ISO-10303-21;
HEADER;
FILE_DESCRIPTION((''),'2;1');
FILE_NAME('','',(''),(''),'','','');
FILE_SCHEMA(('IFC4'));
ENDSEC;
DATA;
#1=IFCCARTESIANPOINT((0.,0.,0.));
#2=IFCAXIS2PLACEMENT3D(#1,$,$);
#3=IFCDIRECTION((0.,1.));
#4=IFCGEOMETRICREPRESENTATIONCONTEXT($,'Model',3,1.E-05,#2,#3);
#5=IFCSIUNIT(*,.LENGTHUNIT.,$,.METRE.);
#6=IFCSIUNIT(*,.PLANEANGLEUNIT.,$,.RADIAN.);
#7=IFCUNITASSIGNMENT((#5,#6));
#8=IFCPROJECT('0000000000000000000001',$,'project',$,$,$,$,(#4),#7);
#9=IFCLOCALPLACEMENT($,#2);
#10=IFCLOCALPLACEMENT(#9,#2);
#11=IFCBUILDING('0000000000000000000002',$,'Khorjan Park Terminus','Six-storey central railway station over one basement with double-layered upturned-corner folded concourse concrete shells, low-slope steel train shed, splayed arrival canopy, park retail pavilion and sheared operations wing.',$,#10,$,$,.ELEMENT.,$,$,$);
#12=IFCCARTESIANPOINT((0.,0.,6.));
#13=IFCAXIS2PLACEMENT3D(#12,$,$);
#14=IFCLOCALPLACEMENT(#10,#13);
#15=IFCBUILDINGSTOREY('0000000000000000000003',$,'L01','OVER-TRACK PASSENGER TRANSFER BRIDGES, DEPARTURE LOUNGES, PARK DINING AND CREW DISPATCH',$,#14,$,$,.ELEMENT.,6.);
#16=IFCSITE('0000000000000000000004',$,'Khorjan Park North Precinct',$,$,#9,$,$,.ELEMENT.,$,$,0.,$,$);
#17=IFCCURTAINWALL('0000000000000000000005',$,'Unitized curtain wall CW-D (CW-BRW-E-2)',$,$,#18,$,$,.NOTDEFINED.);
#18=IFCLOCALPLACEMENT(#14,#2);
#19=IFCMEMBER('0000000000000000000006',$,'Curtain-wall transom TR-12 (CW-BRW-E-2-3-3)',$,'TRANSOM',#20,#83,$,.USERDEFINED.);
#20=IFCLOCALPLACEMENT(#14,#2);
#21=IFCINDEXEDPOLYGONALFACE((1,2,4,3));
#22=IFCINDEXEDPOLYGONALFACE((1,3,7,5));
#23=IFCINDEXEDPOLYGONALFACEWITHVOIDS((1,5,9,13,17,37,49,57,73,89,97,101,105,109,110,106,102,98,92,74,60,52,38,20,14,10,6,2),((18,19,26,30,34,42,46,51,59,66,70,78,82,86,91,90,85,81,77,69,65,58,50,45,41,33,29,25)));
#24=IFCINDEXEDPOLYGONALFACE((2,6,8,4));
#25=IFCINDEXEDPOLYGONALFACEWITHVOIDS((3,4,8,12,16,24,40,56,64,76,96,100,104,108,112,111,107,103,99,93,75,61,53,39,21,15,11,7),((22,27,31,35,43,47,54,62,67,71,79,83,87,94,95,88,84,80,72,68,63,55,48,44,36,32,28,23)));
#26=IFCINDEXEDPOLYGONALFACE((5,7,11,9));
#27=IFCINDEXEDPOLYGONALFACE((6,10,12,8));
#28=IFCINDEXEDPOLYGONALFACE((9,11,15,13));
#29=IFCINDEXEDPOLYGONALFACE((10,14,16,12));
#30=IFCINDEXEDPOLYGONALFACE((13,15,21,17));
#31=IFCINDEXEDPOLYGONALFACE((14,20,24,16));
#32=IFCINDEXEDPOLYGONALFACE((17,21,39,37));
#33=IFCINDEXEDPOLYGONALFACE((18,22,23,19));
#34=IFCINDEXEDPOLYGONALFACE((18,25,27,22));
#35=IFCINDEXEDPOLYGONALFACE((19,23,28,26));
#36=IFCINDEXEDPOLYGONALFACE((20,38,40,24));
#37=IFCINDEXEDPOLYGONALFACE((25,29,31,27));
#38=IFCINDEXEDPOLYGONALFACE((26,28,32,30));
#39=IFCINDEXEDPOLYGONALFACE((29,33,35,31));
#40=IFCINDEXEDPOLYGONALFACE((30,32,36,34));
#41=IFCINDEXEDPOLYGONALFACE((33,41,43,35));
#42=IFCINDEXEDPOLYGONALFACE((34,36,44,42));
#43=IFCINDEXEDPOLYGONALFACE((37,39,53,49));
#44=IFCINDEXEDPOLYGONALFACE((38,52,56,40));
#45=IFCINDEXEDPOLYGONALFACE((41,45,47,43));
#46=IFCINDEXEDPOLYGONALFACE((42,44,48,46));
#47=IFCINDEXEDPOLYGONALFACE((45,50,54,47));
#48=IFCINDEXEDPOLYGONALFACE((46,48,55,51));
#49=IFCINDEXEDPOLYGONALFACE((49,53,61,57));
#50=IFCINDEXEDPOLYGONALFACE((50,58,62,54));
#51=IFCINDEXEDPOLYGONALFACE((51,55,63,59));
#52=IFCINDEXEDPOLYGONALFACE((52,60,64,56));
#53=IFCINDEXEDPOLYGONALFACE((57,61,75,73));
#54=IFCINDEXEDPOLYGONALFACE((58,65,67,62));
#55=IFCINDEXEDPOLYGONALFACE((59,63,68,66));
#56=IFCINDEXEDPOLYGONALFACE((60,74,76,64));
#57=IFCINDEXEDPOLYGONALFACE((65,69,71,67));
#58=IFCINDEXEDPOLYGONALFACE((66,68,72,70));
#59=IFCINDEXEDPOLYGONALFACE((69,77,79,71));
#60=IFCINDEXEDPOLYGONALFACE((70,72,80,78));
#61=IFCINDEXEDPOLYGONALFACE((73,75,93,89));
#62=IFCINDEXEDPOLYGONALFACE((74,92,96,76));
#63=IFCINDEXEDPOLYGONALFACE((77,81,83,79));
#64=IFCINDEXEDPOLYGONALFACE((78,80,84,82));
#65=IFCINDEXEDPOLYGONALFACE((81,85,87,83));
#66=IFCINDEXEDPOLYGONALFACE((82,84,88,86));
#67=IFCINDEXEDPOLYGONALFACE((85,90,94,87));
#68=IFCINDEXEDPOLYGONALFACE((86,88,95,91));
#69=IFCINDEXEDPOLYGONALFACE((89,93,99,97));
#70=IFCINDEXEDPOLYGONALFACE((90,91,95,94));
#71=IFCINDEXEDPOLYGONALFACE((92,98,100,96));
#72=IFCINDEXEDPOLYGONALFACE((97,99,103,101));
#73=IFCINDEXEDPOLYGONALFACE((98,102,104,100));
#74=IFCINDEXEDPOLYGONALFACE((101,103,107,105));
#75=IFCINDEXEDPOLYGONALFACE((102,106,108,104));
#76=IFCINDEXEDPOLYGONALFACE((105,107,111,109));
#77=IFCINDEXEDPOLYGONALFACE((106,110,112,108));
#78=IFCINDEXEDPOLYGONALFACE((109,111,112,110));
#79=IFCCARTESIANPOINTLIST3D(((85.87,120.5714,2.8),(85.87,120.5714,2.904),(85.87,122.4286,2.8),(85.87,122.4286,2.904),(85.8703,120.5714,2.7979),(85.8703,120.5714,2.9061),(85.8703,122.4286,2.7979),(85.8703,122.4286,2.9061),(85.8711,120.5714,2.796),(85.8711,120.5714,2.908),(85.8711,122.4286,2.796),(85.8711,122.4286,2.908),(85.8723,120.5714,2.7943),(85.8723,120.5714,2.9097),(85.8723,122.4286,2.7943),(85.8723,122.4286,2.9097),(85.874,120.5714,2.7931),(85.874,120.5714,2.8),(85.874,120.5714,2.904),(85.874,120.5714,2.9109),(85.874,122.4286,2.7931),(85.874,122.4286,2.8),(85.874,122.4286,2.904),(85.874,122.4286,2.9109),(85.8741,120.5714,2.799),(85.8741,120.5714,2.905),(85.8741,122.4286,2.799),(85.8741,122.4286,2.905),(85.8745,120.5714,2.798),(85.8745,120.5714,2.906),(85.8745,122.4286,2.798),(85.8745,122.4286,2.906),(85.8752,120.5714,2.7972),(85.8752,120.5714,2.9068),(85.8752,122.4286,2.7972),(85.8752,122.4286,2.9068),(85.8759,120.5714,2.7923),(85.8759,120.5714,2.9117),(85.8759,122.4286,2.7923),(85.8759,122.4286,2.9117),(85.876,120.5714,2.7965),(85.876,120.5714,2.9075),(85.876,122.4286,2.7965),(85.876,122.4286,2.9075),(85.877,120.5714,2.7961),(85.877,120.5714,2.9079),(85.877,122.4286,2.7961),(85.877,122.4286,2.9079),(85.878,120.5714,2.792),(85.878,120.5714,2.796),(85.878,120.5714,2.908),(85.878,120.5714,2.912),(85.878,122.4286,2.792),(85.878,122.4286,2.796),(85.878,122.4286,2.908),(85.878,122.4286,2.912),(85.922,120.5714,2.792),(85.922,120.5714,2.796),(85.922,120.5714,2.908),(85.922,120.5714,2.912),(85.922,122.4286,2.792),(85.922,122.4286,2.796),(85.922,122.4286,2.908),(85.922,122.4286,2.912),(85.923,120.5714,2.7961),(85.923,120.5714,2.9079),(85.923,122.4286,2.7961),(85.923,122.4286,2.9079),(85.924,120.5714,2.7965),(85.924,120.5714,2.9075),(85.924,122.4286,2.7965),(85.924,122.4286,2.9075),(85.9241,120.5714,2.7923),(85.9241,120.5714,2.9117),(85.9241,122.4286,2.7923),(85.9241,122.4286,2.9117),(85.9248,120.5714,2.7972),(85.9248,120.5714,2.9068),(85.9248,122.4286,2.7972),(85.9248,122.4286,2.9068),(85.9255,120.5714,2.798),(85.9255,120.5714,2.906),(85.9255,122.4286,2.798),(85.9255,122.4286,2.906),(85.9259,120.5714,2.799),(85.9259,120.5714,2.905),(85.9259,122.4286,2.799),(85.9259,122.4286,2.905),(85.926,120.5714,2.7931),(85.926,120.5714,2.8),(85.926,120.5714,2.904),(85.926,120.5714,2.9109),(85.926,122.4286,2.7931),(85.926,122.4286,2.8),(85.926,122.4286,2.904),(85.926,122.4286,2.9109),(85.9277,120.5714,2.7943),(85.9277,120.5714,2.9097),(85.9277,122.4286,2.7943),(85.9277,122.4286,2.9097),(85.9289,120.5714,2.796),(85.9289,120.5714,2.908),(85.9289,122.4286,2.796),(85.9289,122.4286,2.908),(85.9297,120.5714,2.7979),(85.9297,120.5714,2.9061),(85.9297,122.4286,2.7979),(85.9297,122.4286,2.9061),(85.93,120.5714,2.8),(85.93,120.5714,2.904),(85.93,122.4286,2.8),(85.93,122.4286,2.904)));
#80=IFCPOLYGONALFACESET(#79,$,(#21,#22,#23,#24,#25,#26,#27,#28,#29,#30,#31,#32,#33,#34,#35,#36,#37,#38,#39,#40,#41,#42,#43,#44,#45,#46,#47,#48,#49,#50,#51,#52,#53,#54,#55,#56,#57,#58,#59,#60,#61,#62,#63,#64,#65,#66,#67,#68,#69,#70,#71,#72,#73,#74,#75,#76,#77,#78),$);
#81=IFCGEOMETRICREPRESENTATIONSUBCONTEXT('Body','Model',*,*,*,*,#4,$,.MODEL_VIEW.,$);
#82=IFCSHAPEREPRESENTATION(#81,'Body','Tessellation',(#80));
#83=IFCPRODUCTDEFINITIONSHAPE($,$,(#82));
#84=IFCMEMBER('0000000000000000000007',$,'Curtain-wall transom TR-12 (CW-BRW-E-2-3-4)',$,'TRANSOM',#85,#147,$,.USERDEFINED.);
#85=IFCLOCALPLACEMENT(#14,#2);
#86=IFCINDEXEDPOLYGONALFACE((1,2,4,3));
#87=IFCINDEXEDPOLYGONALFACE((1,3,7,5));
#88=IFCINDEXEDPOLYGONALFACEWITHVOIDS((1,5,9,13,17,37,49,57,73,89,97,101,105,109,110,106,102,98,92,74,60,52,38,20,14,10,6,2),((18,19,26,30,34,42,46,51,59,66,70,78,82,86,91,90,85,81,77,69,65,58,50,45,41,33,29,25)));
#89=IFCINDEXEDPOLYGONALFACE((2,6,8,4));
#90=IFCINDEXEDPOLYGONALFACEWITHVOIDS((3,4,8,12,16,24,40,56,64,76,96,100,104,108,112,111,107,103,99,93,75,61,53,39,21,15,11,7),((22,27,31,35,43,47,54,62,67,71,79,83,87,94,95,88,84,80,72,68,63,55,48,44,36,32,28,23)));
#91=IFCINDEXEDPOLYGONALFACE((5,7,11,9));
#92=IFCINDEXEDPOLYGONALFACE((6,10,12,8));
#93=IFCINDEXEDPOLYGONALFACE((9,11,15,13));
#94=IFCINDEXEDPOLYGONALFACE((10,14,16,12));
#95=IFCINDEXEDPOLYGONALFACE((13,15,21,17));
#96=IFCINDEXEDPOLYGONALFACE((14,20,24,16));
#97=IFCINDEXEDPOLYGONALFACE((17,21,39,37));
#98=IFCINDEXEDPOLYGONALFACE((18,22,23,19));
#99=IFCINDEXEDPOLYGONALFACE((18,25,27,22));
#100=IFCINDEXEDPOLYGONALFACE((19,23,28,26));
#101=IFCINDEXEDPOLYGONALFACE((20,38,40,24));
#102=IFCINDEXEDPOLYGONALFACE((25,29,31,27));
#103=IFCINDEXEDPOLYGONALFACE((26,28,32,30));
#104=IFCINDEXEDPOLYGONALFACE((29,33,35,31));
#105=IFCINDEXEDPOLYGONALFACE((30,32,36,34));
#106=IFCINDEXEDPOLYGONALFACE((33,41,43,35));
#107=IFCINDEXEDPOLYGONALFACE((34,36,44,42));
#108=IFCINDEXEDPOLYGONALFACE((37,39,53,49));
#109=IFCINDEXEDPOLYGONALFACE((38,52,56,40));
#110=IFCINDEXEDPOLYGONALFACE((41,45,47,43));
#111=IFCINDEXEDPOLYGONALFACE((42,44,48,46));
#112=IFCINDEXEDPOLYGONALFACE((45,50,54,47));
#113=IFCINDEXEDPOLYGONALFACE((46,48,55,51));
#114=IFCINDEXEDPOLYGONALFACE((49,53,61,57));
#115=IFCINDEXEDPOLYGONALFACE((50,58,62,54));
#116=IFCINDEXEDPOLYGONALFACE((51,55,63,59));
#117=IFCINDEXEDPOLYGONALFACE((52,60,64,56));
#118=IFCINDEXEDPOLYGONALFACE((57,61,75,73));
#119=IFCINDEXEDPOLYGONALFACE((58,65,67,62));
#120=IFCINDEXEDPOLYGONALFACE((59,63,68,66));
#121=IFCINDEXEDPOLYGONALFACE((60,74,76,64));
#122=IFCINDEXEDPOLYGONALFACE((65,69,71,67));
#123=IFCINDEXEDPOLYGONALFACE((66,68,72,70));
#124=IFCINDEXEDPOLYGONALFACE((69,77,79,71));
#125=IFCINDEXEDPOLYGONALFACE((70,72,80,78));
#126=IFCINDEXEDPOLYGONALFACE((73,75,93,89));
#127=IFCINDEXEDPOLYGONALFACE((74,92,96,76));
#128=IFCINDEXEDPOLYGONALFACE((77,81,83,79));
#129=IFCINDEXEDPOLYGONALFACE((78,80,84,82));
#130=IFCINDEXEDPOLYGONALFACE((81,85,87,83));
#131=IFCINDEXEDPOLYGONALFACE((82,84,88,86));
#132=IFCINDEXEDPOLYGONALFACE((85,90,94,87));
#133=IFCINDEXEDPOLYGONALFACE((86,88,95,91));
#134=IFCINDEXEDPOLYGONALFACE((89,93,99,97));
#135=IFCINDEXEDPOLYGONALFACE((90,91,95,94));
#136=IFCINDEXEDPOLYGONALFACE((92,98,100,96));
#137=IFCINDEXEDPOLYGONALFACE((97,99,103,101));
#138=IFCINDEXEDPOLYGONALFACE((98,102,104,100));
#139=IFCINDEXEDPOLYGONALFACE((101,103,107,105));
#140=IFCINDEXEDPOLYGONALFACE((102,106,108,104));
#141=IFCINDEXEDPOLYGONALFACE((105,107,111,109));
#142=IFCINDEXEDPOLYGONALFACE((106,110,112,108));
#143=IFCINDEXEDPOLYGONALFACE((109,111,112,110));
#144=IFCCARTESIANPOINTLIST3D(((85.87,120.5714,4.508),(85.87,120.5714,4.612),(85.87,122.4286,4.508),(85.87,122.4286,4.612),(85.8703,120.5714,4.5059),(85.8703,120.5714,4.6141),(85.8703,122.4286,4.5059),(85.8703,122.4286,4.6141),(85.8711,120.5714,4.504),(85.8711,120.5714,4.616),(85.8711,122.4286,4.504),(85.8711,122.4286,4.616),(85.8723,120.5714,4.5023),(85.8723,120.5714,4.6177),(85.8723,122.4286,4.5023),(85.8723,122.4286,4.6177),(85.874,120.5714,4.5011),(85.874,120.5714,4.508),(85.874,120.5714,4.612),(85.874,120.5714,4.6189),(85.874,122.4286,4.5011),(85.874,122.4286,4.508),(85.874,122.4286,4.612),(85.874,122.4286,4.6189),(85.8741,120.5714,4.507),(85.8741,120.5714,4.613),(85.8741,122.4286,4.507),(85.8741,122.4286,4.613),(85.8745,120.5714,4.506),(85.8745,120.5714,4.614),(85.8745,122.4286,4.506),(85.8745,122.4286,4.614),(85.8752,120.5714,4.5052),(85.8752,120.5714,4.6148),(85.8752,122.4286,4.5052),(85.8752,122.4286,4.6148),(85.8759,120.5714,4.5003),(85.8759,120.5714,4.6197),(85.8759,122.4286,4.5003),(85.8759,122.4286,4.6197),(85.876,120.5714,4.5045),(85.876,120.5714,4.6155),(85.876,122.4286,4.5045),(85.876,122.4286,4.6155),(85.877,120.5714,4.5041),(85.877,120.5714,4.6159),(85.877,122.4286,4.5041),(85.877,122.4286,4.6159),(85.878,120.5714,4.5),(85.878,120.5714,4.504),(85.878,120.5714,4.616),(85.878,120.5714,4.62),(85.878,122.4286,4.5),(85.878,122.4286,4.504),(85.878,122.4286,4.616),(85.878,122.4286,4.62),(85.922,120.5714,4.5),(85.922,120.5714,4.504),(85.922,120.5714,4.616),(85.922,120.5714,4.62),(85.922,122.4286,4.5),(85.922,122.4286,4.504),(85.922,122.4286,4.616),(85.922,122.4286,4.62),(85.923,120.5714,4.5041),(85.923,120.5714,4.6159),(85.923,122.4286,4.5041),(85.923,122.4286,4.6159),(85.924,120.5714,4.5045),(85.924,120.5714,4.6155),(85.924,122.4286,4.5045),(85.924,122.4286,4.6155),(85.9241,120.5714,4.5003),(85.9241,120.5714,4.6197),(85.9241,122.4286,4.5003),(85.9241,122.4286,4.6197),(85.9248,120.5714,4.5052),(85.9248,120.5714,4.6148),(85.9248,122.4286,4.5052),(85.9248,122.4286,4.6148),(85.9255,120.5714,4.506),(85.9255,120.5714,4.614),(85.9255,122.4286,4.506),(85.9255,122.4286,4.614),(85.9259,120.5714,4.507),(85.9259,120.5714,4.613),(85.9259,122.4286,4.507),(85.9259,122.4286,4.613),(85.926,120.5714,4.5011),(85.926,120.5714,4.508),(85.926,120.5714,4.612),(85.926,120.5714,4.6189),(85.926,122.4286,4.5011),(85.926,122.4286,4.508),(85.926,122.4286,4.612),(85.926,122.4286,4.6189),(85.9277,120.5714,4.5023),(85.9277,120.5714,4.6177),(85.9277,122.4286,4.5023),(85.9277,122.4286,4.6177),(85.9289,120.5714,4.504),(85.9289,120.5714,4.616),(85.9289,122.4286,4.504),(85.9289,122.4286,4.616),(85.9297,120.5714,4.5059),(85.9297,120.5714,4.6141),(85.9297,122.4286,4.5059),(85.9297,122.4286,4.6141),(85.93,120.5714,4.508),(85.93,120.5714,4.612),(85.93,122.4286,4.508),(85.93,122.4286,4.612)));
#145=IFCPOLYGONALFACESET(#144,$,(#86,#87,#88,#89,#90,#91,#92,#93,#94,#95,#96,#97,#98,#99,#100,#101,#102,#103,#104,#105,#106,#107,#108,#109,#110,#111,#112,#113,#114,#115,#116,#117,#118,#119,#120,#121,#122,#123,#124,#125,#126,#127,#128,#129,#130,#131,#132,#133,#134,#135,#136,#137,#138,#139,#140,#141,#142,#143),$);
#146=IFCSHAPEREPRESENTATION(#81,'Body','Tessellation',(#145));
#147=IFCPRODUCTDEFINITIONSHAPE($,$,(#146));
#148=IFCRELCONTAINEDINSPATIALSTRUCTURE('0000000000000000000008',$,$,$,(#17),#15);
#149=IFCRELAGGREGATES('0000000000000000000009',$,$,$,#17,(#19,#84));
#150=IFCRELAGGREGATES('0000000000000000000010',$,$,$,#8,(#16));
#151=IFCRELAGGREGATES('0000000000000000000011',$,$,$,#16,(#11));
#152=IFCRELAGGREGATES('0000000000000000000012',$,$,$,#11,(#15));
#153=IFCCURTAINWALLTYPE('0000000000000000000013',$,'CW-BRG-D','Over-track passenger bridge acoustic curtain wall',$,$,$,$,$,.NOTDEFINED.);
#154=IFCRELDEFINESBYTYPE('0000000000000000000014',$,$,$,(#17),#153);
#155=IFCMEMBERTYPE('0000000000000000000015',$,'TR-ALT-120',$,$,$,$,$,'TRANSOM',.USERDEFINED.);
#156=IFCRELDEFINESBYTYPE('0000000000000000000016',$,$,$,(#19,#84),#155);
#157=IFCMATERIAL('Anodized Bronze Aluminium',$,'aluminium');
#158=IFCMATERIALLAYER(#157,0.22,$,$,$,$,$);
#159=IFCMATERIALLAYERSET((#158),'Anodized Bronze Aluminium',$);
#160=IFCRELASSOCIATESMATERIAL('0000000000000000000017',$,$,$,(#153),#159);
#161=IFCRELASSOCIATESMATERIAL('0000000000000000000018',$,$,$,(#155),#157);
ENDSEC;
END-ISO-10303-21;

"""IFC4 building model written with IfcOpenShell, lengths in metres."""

from ifc_helpers import new_model, si_unit, direction, frame, origin, origin_2d, place, context, subcontext, project, spatial, hollow_rectangle, extrude, material, layer, layer_set, material_profile, profile_set, type_object, element, aggregate, save


model = new_model("IFC4")

# Units and contexts
model_context = context("Model", 3, precision=1e-05, world=origin(), true_north=direction((0.0, 1.0)))
body_context = subcontext(model_context, "Body", "Model", "MODEL_VIEW")
ifc_project = project(units=[si_unit("LENGTHUNIT", "METRE"), si_unit("PLANEANGLEUNIT", "RADIAN")], contexts=[model_context])

# Site, building, storey
site_placement = place(None, origin())
site = spatial("IfcSite", under=ifc_project, at=site_placement, Name="Khorjan Park North Precinct", CompositionType="ELEMENT", RefElevation=0.0)
building_placement = place(site_placement, origin())
building = spatial("IfcBuilding", under=site, at=building_placement, Name="Khorjan Park Terminus", Description="Six-storey central railway station over one basement with double-layered upturned-corner folded concourse concrete shells, low-slope steel train shed, splayed arrival canopy, park retail pavilion and sheared operations wing.", CompositionType="ELEMENT")
storey_placement = place(building_placement, frame((0.0, 0.0, 6.0)))
storey = spatial("IfcBuildingStorey", under=building, at=storey_placement, Name="L01", Description="OVER-TRACK PASSENGER TRANSFER BRIDGES, DEPARTURE LOUNGES, PARK DINING AND CREW DISPATCH", CompositionType="ELEMENT", Elevation=6.0)

# Curtain wall, members
ifc_material_1 = material(Name="Anodized Bronze Aluminium", Category="aluminium")
ifc_layer_1 = layer(ifc_material_1, 0.22)
ifc_layer_set_1 = layer_set([ifc_layer_1], Name="Anodized Bronze Aluminium")
curtain_wall_type = type_object("IfcCurtainWallType", Name="CW-BRG-D", Description="Over-track passenger bridge acoustic curtain wall", PredefinedType="NOTDEFINED", material=ifc_layer_set_1)
curtain_wall_placement = place(storey_placement, origin())
curtain_wall = element("IfcCurtainWall", 1, at=curtain_wall_placement, inside=storey, type_object=curtain_wall_type, Name="Unitized curtain wall CW-D (CW-BRW-E-2)", PredefinedType="NOTDEFINED")
ifc_material_profile_1 = material_profile(ifc_material_1, hollow_rectangle(XDim=0.06, YDim=0.12, WallThickness=0.004, InnerFilletRadius=0.004, OuterFilletRadius=0.008, at=origin_2d()), Name="ALT 60x120x4")
ifc_profile_set_1 = profile_set([ifc_material_profile_1], Name="Anodized Bronze Aluminium")
member_type_1 = type_object("IfcMemberType", Name="TR-ALT-120", ElementType="TRANSOM", PredefinedType="USERDEFINED", material=ifc_profile_set_1)
member_1_placement = place(storey_placement, frame((85.9, 120.5714, 2.852), z_axis=(0.0, 1.0, 0.0), x_axis=(-1.0, 0.0, 0.0)))
member_1 = element("IfcMember", 2, at=member_1_placement, type_object=member_type_1, Name="Curtain-wall transom TR-12 (CW-BRW-E-2-3-3)", ObjectType="TRANSOM", PredefinedType="USERDEFINED", context=body_context, shape_type="SweptSolid", body=[
    extrude(hollow_rectangle(XDim=0.06, YDim=0.12, WallThickness=0.004, InnerFilletRadius=0.004, OuterFilletRadius=0.008, at=origin_2d()), origin(), (0.0, 0.0, 1.0), 1.8572),
])
member_2_placement = place(storey_placement, frame((85.9, 120.5714, 4.56), z_axis=(0.0, 1.0, 0.0), x_axis=(-1.0, 0.0, 0.0)))
member_2 = element("IfcMember", 3, at=member_2_placement, type_object=member_type_1, Name="Curtain-wall transom TR-12 (CW-BRW-E-2-3-4)", ObjectType="TRANSOM", PredefinedType="USERDEFINED", context=body_context, shape_type="SweptSolid", body=[
    extrude(hollow_rectangle(XDim=0.06, YDim=0.12, WallThickness=0.004, InnerFilletRadius=0.004, OuterFilletRadius=0.008, at=origin_2d()), origin(), (0.0, 0.0, 1.0), 1.8572),
])
aggregate(curtain_wall, [member_1, member_2])

save(model, "model.ifc")
